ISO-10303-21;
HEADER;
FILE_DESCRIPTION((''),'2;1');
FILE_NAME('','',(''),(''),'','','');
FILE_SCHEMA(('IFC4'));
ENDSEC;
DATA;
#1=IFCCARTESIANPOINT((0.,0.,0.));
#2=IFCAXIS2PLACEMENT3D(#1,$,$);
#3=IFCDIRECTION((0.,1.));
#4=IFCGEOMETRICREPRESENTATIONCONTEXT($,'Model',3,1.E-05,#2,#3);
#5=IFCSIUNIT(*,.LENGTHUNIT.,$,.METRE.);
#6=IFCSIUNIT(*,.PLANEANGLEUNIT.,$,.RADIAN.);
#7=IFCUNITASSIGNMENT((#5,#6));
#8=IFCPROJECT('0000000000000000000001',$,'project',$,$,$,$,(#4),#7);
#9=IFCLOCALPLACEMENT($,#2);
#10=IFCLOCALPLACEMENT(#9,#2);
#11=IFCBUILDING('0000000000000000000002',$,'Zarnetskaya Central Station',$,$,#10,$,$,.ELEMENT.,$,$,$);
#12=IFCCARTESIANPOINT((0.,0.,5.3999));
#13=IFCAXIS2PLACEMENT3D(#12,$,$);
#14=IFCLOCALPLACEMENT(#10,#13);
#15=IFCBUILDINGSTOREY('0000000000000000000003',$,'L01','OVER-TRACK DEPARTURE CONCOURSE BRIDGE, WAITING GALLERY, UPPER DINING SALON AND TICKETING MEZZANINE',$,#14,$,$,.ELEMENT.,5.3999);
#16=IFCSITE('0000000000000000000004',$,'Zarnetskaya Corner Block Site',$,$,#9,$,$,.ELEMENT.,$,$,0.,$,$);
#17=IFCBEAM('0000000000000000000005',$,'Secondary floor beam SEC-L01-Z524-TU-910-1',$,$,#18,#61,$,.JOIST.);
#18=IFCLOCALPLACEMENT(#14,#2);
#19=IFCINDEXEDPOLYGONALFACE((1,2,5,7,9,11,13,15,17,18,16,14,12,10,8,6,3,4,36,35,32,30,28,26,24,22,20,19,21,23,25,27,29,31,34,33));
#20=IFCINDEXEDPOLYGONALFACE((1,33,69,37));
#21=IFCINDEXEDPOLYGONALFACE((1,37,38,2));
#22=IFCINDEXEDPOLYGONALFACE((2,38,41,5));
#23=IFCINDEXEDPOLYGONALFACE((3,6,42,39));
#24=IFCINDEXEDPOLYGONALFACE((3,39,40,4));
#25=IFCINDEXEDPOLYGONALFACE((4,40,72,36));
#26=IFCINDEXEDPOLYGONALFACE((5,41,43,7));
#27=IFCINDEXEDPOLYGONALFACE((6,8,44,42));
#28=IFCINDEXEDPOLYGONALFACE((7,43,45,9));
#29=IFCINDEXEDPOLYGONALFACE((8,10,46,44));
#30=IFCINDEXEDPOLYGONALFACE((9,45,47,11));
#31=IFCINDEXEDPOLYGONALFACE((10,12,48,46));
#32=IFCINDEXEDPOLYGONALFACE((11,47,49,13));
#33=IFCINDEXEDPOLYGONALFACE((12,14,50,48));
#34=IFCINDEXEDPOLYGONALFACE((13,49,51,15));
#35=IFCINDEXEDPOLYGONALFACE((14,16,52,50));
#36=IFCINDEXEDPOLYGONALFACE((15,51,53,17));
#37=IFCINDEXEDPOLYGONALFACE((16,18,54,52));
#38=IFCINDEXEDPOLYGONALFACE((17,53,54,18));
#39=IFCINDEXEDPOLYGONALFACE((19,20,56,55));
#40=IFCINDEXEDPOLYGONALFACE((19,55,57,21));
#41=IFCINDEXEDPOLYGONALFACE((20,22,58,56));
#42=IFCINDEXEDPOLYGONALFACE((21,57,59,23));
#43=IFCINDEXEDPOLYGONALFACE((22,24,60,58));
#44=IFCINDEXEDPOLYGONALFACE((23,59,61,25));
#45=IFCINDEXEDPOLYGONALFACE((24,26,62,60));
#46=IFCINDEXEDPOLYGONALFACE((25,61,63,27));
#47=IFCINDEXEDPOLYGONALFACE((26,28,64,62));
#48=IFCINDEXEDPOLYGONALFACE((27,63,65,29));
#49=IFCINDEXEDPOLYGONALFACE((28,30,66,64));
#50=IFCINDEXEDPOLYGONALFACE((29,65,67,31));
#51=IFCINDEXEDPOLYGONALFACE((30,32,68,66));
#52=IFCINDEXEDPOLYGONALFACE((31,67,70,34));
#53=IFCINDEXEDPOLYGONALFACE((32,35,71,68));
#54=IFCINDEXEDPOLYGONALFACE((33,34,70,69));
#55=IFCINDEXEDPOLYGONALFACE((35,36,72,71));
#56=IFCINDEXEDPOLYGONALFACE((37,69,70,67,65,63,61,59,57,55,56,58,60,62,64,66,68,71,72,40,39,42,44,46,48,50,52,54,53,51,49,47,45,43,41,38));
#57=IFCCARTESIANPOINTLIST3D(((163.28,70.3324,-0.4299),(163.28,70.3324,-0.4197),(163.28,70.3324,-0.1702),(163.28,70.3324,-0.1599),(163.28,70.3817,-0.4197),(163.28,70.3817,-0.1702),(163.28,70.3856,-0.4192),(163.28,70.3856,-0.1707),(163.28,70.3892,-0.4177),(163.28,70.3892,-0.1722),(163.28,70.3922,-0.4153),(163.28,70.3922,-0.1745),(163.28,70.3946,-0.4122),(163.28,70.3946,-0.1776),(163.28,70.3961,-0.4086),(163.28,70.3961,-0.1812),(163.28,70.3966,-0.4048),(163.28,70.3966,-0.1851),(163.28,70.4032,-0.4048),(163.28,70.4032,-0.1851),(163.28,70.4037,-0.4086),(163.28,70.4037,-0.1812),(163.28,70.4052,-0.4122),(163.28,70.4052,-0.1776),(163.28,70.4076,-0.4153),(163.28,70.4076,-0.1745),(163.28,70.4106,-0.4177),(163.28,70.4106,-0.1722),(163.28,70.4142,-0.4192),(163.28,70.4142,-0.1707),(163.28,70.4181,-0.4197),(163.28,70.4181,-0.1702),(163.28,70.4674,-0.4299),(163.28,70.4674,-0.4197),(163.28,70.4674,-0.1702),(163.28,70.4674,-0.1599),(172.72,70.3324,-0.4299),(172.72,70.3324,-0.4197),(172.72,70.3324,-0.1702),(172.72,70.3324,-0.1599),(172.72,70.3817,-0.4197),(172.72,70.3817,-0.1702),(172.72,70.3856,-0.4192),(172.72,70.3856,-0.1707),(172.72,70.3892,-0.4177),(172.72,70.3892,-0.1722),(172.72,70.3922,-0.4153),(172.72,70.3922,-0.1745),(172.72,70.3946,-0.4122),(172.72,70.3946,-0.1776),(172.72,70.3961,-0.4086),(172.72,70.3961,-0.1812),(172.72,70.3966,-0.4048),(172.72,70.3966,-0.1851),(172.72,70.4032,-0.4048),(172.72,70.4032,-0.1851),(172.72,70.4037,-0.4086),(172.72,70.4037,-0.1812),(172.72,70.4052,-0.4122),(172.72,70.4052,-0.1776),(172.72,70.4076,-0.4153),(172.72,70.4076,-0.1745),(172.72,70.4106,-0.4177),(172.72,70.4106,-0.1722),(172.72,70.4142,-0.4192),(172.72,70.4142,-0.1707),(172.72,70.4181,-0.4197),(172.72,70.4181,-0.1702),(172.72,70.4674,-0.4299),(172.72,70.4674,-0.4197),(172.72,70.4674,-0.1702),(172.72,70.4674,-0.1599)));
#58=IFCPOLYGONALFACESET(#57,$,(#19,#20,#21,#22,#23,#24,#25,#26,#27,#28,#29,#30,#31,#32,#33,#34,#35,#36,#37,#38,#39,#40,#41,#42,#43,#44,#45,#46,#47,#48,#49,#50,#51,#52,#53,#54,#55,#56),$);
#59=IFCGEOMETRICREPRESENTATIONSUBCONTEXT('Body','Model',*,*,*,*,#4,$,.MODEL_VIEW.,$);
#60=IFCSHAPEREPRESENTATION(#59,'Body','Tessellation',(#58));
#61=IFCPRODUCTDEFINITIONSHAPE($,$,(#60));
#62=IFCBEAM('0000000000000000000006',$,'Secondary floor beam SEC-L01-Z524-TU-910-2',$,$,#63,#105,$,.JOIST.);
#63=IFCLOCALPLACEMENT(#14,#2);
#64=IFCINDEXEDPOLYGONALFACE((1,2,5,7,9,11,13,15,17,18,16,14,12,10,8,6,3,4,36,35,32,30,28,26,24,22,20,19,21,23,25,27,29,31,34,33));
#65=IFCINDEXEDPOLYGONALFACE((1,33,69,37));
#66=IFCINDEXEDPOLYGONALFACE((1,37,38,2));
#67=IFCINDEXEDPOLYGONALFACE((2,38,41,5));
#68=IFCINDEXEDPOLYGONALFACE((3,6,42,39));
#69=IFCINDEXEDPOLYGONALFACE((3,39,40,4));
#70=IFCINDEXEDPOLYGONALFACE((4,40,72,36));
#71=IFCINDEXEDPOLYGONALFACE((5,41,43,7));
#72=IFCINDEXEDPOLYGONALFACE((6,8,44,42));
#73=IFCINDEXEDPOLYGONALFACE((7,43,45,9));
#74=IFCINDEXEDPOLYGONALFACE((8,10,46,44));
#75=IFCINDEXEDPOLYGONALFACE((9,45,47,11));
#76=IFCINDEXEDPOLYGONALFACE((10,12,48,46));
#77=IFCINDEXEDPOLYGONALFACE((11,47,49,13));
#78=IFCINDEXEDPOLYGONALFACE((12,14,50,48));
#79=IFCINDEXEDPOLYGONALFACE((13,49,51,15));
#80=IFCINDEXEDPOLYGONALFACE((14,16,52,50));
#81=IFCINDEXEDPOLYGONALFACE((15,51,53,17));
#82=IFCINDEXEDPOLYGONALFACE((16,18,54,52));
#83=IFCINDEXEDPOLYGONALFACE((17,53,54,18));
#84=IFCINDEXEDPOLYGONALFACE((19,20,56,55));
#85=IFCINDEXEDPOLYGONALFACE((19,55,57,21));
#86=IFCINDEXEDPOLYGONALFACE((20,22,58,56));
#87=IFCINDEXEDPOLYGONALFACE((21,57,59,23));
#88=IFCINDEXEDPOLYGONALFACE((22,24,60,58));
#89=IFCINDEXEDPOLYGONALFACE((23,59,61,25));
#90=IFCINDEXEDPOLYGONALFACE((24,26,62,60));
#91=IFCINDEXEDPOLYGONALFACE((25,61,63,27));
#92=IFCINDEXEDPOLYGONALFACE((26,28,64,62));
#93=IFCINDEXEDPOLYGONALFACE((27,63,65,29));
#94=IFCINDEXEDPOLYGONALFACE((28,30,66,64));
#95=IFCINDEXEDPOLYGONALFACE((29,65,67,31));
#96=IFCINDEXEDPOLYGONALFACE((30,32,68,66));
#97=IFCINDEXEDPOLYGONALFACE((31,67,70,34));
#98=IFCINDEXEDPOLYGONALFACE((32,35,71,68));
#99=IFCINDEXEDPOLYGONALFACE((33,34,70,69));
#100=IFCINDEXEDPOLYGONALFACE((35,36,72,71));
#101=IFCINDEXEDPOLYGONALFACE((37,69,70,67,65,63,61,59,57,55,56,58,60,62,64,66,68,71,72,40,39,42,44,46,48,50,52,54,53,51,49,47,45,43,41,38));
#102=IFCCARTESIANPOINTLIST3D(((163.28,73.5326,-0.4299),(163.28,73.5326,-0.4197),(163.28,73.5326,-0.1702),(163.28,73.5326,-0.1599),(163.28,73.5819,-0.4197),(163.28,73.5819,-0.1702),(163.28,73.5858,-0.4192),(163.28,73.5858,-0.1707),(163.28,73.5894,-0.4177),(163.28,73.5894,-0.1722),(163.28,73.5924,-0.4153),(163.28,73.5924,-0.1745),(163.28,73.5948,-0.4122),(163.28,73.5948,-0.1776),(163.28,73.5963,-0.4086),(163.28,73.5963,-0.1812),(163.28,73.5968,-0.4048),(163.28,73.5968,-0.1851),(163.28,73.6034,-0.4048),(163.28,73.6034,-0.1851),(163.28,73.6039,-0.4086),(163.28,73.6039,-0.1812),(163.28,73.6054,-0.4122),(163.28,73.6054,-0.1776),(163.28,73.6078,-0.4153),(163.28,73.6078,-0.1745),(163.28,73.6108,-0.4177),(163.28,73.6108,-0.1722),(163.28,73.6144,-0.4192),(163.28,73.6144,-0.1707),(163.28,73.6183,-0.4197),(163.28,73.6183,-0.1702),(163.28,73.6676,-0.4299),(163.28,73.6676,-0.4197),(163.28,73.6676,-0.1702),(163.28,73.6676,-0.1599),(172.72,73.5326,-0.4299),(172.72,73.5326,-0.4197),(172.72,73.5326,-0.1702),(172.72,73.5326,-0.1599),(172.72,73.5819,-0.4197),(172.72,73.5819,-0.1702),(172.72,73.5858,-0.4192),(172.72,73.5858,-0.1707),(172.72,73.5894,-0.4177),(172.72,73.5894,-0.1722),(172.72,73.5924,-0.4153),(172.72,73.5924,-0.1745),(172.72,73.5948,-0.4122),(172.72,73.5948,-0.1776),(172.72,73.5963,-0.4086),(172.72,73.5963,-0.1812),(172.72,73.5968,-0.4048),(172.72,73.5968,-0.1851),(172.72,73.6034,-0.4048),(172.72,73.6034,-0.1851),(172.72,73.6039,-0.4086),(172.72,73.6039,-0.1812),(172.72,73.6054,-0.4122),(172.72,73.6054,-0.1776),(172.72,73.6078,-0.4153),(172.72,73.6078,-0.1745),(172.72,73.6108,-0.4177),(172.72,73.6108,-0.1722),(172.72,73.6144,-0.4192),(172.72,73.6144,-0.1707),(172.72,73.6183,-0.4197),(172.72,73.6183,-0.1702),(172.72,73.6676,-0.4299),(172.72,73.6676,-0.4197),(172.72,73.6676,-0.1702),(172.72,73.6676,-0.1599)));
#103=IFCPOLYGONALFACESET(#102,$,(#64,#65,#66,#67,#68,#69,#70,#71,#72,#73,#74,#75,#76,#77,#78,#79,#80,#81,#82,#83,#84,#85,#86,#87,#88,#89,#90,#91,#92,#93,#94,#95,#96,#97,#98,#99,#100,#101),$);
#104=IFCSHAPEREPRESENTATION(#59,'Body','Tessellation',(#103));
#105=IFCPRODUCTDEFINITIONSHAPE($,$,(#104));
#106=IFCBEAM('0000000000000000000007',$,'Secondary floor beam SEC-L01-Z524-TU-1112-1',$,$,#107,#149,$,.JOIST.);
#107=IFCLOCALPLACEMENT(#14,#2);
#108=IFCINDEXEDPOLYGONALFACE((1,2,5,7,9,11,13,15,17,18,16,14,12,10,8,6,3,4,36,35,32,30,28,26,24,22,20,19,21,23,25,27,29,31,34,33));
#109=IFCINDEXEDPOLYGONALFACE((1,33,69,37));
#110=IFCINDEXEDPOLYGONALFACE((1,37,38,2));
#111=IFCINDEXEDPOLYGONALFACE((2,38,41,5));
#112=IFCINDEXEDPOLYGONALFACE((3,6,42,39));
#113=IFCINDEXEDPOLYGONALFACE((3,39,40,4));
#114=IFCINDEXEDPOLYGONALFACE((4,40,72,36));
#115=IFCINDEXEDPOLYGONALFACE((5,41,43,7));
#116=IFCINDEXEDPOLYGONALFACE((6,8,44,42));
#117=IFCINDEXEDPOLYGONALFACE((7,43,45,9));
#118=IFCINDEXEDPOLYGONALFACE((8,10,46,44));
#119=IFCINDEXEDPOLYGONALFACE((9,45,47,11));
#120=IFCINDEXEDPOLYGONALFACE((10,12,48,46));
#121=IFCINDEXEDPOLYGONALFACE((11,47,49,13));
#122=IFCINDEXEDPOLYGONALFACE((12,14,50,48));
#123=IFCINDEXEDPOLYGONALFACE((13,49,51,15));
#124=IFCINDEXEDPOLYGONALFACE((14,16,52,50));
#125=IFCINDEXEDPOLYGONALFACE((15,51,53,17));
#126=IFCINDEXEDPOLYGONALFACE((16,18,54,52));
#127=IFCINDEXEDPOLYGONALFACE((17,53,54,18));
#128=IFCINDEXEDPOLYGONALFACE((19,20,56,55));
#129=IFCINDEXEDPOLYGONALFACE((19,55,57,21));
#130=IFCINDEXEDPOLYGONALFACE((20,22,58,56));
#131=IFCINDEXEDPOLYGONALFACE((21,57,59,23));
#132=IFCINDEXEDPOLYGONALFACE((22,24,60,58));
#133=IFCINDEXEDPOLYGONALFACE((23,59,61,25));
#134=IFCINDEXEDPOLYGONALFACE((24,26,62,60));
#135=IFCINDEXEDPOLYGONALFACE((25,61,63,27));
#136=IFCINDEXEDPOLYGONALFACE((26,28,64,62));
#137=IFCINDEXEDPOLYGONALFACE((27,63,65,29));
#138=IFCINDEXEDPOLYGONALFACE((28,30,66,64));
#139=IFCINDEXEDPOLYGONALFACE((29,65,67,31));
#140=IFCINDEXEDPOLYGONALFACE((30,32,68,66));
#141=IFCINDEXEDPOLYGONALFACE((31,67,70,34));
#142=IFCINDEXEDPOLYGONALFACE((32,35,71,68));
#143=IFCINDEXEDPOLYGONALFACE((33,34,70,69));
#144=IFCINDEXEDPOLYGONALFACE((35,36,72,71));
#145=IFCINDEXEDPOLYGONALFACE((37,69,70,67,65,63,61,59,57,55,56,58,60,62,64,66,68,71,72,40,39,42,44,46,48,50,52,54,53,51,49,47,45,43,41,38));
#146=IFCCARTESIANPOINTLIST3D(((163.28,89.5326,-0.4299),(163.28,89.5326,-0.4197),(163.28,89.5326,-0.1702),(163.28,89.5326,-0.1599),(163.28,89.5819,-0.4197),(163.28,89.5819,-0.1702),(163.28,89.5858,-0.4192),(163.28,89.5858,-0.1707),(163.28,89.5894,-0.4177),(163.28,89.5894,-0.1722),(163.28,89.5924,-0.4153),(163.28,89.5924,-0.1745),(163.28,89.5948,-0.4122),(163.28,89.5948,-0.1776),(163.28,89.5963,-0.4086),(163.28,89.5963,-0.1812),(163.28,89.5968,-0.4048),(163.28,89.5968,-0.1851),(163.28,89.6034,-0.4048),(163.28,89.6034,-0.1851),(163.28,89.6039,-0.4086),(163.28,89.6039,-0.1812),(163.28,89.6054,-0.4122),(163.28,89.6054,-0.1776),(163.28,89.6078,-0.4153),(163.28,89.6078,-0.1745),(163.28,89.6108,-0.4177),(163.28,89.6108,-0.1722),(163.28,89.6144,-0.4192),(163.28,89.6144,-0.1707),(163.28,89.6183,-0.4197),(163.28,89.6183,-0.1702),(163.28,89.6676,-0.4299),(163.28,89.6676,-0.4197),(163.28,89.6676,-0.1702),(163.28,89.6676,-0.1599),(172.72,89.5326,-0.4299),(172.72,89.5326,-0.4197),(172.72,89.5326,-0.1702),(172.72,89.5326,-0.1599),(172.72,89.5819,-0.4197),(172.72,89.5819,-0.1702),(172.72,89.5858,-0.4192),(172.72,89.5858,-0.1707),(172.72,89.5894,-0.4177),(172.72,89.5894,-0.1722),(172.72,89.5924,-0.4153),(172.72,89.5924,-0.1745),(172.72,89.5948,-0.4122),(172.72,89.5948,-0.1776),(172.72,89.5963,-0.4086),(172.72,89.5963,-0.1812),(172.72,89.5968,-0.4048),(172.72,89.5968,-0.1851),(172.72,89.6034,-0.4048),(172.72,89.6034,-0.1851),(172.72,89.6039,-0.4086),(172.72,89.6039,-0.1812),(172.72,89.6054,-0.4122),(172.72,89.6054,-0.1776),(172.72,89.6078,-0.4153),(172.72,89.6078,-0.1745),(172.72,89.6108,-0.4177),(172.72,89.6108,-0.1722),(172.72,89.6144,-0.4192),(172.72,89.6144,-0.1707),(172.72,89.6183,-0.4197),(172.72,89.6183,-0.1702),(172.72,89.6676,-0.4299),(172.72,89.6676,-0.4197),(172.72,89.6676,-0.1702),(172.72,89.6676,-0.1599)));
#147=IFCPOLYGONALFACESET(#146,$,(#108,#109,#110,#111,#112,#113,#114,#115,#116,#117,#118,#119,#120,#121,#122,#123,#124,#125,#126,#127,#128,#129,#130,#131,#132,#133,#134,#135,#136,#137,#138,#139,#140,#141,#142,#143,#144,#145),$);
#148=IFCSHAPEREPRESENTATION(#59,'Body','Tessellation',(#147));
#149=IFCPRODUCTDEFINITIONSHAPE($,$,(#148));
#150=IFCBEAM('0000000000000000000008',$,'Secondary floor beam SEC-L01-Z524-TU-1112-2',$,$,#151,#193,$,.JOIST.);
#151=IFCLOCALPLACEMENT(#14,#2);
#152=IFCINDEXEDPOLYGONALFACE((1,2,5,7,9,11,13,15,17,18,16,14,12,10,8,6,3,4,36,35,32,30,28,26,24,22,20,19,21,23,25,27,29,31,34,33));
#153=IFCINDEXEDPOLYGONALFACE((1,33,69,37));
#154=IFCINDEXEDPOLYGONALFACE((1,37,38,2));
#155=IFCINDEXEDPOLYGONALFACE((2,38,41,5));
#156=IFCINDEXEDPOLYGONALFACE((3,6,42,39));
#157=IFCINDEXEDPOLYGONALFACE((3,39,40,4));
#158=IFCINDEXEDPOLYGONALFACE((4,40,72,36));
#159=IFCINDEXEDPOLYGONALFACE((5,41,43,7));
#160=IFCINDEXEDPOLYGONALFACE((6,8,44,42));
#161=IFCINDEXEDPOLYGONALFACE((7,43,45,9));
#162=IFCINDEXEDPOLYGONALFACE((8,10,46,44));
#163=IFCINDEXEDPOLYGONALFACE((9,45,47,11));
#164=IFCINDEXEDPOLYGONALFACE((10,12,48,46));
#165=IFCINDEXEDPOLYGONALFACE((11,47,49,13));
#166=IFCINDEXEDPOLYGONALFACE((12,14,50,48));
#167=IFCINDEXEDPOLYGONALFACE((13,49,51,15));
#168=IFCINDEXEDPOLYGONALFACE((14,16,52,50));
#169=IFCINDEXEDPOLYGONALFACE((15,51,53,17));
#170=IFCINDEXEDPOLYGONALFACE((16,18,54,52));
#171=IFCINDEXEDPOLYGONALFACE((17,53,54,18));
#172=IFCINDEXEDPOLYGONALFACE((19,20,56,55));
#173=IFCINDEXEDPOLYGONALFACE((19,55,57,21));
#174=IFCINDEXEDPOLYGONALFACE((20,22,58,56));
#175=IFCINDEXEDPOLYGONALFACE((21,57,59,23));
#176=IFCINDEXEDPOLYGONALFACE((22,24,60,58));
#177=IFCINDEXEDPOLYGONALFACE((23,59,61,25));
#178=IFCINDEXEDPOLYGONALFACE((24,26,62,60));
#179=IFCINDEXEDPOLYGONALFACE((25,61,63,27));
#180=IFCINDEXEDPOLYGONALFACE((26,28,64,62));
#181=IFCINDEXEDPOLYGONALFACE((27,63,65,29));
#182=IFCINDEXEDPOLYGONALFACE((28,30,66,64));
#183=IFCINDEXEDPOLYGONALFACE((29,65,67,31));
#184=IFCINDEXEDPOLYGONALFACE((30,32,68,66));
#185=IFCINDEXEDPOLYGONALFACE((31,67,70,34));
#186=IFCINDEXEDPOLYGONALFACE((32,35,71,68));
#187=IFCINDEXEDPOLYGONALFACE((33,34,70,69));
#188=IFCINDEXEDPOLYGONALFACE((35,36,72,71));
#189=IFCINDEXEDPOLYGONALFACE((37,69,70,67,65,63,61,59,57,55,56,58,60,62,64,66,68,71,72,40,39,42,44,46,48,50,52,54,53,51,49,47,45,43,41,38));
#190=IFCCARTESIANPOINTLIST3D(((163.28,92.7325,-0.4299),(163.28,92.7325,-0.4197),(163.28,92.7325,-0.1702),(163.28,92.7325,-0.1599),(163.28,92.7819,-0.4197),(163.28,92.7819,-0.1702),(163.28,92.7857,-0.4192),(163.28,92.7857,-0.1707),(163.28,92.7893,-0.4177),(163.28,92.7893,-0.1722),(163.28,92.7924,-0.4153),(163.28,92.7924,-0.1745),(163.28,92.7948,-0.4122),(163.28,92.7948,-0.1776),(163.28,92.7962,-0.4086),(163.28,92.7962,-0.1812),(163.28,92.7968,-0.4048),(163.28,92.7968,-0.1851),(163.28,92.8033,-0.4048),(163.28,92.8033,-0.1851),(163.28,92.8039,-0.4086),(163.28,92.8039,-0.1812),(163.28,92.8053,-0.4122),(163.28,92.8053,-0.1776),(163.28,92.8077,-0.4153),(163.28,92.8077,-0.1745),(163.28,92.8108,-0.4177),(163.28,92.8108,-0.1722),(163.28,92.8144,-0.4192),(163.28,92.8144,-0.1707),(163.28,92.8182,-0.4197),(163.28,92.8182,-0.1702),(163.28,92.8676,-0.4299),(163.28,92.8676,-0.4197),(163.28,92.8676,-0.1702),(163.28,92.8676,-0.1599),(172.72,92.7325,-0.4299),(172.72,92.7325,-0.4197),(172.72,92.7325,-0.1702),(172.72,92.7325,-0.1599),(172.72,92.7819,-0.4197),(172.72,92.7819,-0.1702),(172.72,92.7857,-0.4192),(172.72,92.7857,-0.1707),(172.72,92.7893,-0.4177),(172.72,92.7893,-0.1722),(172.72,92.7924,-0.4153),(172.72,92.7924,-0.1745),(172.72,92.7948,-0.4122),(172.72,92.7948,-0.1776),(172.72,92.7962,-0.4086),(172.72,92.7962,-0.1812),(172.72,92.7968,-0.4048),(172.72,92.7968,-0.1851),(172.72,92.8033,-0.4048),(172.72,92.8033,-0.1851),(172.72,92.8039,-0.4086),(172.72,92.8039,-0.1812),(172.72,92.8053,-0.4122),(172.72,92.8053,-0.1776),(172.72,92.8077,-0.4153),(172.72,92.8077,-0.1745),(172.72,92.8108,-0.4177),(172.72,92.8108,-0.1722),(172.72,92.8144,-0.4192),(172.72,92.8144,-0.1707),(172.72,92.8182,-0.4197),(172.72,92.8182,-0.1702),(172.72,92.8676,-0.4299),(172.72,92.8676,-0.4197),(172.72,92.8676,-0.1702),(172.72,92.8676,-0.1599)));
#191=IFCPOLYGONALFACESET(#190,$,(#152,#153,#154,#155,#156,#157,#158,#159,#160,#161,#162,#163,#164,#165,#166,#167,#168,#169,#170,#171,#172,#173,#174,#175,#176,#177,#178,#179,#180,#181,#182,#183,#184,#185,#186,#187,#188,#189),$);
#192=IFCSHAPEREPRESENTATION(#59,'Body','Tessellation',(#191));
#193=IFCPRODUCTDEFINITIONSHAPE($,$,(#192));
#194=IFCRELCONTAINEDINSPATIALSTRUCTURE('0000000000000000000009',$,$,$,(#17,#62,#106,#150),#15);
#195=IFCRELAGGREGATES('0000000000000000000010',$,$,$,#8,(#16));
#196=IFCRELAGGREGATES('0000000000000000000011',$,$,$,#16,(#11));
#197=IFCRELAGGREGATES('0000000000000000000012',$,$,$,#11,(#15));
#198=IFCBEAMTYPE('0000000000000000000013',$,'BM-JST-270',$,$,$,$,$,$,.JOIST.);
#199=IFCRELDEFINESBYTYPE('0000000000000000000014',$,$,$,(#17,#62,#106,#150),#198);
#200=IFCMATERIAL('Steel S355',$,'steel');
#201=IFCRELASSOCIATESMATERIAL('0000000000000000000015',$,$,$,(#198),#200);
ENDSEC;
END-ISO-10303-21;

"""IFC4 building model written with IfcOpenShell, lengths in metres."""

from ifc_helpers import new_model, si_unit, direction, frame, origin, origin_2d, place, context, subcontext, project, spatial, i_section, extrude, material, material_profile, profile_set, type_object, element, save


model = new_model("IFC4")

# Units and contexts
model_context = context("Model", 3, precision=1e-05, world=origin(), true_north=direction((0.0, 1.0)))
body_context = subcontext(model_context, "Body", "Model", "MODEL_VIEW")
ifc_project = project(units=[si_unit("LENGTHUNIT", "METRE"), si_unit("PLANEANGLEUNIT", "RADIAN")], contexts=[model_context])

# Site, building, storey
site_placement = place(None, origin())
site = spatial("IfcSite", under=ifc_project, at=site_placement, Name="Zarnetskaya Corner Block Site", CompositionType="ELEMENT", RefElevation=0.0)
building_placement = place(site_placement, origin())
building = spatial("IfcBuilding", under=site, at=building_placement, Name="Zarnetskaya Central Station", CompositionType="ELEMENT")
storey_placement = place(building_placement, frame((0.0, 0.0, 5.3999)))
storey = spatial("IfcBuildingStorey", under=building, at=storey_placement, Name="L01", Description="OVER-TRACK DEPARTURE CONCOURSE BRIDGE, WAITING GALLERY, UPPER DINING SALON AND TICKETING MEZZANINE", CompositionType="ELEMENT", Elevation=5.3999)

# Beams
ifc_material = material(Name="Steel S355", Category="steel")
ifc_material_profile_1 = material_profile(ifc_material, i_section(OverallWidth=0.135, OverallDepth=0.27, WebThickness=0.0066, FlangeThickness=0.0103, FilletRadius=0.0149, at=origin_2d()), Name="IPE 270")
ifc_profile_set_1 = profile_set([ifc_material_profile_1], Name="Steel S355")
beam_type_1 = type_object("IfcBeamType", Name="BM-JST-270", PredefinedType="JOIST", material=ifc_profile_set_1)
for number, where, z_axis, x_axis, name in (
    (1, (163.28, 70.3999, -0.2949), (1.0, 0.0, 0.0), (0.0, 1.0, 0.0), "Secondary floor beam SEC-L01-Z524-TU-910-1"),
    (2, (163.28, 73.6001, -0.2949), (1.0, 0.0, 0.0), (0.0, 1.0, 0.0), "Secondary floor beam SEC-L01-Z524-TU-910-2"),
    (3, (163.28, 89.6001, -0.2949), (1.0, 0.0, 0.0), (0.0, 1.0, 0.0), "Secondary floor beam SEC-L01-Z524-TU-1112-1"),
    (4, (163.28, 92.8, -0.2949), (1.0, 0.0, 0.0), (0.0, 1.0, 0.0), "Secondary floor beam SEC-L01-Z524-TU-1112-2"),
):
    element("IfcBeam", number, at=place(storey_placement, frame(where, z_axis=z_axis, x_axis=x_axis)), inside=storey, type_object=beam_type_1, Name=name, PredefinedType="JOIST", context=body_context, shape_type="SweptSolid", body=[
        extrude(i_section(OverallWidth=0.135, OverallDepth=0.27, WebThickness=0.0066, FlangeThickness=0.0103, FilletRadius=0.0149, at=origin_2d()), origin(), (0.0, 0.0, 1.0), 9.4399),
    ])

save(model, "model.ifc")
